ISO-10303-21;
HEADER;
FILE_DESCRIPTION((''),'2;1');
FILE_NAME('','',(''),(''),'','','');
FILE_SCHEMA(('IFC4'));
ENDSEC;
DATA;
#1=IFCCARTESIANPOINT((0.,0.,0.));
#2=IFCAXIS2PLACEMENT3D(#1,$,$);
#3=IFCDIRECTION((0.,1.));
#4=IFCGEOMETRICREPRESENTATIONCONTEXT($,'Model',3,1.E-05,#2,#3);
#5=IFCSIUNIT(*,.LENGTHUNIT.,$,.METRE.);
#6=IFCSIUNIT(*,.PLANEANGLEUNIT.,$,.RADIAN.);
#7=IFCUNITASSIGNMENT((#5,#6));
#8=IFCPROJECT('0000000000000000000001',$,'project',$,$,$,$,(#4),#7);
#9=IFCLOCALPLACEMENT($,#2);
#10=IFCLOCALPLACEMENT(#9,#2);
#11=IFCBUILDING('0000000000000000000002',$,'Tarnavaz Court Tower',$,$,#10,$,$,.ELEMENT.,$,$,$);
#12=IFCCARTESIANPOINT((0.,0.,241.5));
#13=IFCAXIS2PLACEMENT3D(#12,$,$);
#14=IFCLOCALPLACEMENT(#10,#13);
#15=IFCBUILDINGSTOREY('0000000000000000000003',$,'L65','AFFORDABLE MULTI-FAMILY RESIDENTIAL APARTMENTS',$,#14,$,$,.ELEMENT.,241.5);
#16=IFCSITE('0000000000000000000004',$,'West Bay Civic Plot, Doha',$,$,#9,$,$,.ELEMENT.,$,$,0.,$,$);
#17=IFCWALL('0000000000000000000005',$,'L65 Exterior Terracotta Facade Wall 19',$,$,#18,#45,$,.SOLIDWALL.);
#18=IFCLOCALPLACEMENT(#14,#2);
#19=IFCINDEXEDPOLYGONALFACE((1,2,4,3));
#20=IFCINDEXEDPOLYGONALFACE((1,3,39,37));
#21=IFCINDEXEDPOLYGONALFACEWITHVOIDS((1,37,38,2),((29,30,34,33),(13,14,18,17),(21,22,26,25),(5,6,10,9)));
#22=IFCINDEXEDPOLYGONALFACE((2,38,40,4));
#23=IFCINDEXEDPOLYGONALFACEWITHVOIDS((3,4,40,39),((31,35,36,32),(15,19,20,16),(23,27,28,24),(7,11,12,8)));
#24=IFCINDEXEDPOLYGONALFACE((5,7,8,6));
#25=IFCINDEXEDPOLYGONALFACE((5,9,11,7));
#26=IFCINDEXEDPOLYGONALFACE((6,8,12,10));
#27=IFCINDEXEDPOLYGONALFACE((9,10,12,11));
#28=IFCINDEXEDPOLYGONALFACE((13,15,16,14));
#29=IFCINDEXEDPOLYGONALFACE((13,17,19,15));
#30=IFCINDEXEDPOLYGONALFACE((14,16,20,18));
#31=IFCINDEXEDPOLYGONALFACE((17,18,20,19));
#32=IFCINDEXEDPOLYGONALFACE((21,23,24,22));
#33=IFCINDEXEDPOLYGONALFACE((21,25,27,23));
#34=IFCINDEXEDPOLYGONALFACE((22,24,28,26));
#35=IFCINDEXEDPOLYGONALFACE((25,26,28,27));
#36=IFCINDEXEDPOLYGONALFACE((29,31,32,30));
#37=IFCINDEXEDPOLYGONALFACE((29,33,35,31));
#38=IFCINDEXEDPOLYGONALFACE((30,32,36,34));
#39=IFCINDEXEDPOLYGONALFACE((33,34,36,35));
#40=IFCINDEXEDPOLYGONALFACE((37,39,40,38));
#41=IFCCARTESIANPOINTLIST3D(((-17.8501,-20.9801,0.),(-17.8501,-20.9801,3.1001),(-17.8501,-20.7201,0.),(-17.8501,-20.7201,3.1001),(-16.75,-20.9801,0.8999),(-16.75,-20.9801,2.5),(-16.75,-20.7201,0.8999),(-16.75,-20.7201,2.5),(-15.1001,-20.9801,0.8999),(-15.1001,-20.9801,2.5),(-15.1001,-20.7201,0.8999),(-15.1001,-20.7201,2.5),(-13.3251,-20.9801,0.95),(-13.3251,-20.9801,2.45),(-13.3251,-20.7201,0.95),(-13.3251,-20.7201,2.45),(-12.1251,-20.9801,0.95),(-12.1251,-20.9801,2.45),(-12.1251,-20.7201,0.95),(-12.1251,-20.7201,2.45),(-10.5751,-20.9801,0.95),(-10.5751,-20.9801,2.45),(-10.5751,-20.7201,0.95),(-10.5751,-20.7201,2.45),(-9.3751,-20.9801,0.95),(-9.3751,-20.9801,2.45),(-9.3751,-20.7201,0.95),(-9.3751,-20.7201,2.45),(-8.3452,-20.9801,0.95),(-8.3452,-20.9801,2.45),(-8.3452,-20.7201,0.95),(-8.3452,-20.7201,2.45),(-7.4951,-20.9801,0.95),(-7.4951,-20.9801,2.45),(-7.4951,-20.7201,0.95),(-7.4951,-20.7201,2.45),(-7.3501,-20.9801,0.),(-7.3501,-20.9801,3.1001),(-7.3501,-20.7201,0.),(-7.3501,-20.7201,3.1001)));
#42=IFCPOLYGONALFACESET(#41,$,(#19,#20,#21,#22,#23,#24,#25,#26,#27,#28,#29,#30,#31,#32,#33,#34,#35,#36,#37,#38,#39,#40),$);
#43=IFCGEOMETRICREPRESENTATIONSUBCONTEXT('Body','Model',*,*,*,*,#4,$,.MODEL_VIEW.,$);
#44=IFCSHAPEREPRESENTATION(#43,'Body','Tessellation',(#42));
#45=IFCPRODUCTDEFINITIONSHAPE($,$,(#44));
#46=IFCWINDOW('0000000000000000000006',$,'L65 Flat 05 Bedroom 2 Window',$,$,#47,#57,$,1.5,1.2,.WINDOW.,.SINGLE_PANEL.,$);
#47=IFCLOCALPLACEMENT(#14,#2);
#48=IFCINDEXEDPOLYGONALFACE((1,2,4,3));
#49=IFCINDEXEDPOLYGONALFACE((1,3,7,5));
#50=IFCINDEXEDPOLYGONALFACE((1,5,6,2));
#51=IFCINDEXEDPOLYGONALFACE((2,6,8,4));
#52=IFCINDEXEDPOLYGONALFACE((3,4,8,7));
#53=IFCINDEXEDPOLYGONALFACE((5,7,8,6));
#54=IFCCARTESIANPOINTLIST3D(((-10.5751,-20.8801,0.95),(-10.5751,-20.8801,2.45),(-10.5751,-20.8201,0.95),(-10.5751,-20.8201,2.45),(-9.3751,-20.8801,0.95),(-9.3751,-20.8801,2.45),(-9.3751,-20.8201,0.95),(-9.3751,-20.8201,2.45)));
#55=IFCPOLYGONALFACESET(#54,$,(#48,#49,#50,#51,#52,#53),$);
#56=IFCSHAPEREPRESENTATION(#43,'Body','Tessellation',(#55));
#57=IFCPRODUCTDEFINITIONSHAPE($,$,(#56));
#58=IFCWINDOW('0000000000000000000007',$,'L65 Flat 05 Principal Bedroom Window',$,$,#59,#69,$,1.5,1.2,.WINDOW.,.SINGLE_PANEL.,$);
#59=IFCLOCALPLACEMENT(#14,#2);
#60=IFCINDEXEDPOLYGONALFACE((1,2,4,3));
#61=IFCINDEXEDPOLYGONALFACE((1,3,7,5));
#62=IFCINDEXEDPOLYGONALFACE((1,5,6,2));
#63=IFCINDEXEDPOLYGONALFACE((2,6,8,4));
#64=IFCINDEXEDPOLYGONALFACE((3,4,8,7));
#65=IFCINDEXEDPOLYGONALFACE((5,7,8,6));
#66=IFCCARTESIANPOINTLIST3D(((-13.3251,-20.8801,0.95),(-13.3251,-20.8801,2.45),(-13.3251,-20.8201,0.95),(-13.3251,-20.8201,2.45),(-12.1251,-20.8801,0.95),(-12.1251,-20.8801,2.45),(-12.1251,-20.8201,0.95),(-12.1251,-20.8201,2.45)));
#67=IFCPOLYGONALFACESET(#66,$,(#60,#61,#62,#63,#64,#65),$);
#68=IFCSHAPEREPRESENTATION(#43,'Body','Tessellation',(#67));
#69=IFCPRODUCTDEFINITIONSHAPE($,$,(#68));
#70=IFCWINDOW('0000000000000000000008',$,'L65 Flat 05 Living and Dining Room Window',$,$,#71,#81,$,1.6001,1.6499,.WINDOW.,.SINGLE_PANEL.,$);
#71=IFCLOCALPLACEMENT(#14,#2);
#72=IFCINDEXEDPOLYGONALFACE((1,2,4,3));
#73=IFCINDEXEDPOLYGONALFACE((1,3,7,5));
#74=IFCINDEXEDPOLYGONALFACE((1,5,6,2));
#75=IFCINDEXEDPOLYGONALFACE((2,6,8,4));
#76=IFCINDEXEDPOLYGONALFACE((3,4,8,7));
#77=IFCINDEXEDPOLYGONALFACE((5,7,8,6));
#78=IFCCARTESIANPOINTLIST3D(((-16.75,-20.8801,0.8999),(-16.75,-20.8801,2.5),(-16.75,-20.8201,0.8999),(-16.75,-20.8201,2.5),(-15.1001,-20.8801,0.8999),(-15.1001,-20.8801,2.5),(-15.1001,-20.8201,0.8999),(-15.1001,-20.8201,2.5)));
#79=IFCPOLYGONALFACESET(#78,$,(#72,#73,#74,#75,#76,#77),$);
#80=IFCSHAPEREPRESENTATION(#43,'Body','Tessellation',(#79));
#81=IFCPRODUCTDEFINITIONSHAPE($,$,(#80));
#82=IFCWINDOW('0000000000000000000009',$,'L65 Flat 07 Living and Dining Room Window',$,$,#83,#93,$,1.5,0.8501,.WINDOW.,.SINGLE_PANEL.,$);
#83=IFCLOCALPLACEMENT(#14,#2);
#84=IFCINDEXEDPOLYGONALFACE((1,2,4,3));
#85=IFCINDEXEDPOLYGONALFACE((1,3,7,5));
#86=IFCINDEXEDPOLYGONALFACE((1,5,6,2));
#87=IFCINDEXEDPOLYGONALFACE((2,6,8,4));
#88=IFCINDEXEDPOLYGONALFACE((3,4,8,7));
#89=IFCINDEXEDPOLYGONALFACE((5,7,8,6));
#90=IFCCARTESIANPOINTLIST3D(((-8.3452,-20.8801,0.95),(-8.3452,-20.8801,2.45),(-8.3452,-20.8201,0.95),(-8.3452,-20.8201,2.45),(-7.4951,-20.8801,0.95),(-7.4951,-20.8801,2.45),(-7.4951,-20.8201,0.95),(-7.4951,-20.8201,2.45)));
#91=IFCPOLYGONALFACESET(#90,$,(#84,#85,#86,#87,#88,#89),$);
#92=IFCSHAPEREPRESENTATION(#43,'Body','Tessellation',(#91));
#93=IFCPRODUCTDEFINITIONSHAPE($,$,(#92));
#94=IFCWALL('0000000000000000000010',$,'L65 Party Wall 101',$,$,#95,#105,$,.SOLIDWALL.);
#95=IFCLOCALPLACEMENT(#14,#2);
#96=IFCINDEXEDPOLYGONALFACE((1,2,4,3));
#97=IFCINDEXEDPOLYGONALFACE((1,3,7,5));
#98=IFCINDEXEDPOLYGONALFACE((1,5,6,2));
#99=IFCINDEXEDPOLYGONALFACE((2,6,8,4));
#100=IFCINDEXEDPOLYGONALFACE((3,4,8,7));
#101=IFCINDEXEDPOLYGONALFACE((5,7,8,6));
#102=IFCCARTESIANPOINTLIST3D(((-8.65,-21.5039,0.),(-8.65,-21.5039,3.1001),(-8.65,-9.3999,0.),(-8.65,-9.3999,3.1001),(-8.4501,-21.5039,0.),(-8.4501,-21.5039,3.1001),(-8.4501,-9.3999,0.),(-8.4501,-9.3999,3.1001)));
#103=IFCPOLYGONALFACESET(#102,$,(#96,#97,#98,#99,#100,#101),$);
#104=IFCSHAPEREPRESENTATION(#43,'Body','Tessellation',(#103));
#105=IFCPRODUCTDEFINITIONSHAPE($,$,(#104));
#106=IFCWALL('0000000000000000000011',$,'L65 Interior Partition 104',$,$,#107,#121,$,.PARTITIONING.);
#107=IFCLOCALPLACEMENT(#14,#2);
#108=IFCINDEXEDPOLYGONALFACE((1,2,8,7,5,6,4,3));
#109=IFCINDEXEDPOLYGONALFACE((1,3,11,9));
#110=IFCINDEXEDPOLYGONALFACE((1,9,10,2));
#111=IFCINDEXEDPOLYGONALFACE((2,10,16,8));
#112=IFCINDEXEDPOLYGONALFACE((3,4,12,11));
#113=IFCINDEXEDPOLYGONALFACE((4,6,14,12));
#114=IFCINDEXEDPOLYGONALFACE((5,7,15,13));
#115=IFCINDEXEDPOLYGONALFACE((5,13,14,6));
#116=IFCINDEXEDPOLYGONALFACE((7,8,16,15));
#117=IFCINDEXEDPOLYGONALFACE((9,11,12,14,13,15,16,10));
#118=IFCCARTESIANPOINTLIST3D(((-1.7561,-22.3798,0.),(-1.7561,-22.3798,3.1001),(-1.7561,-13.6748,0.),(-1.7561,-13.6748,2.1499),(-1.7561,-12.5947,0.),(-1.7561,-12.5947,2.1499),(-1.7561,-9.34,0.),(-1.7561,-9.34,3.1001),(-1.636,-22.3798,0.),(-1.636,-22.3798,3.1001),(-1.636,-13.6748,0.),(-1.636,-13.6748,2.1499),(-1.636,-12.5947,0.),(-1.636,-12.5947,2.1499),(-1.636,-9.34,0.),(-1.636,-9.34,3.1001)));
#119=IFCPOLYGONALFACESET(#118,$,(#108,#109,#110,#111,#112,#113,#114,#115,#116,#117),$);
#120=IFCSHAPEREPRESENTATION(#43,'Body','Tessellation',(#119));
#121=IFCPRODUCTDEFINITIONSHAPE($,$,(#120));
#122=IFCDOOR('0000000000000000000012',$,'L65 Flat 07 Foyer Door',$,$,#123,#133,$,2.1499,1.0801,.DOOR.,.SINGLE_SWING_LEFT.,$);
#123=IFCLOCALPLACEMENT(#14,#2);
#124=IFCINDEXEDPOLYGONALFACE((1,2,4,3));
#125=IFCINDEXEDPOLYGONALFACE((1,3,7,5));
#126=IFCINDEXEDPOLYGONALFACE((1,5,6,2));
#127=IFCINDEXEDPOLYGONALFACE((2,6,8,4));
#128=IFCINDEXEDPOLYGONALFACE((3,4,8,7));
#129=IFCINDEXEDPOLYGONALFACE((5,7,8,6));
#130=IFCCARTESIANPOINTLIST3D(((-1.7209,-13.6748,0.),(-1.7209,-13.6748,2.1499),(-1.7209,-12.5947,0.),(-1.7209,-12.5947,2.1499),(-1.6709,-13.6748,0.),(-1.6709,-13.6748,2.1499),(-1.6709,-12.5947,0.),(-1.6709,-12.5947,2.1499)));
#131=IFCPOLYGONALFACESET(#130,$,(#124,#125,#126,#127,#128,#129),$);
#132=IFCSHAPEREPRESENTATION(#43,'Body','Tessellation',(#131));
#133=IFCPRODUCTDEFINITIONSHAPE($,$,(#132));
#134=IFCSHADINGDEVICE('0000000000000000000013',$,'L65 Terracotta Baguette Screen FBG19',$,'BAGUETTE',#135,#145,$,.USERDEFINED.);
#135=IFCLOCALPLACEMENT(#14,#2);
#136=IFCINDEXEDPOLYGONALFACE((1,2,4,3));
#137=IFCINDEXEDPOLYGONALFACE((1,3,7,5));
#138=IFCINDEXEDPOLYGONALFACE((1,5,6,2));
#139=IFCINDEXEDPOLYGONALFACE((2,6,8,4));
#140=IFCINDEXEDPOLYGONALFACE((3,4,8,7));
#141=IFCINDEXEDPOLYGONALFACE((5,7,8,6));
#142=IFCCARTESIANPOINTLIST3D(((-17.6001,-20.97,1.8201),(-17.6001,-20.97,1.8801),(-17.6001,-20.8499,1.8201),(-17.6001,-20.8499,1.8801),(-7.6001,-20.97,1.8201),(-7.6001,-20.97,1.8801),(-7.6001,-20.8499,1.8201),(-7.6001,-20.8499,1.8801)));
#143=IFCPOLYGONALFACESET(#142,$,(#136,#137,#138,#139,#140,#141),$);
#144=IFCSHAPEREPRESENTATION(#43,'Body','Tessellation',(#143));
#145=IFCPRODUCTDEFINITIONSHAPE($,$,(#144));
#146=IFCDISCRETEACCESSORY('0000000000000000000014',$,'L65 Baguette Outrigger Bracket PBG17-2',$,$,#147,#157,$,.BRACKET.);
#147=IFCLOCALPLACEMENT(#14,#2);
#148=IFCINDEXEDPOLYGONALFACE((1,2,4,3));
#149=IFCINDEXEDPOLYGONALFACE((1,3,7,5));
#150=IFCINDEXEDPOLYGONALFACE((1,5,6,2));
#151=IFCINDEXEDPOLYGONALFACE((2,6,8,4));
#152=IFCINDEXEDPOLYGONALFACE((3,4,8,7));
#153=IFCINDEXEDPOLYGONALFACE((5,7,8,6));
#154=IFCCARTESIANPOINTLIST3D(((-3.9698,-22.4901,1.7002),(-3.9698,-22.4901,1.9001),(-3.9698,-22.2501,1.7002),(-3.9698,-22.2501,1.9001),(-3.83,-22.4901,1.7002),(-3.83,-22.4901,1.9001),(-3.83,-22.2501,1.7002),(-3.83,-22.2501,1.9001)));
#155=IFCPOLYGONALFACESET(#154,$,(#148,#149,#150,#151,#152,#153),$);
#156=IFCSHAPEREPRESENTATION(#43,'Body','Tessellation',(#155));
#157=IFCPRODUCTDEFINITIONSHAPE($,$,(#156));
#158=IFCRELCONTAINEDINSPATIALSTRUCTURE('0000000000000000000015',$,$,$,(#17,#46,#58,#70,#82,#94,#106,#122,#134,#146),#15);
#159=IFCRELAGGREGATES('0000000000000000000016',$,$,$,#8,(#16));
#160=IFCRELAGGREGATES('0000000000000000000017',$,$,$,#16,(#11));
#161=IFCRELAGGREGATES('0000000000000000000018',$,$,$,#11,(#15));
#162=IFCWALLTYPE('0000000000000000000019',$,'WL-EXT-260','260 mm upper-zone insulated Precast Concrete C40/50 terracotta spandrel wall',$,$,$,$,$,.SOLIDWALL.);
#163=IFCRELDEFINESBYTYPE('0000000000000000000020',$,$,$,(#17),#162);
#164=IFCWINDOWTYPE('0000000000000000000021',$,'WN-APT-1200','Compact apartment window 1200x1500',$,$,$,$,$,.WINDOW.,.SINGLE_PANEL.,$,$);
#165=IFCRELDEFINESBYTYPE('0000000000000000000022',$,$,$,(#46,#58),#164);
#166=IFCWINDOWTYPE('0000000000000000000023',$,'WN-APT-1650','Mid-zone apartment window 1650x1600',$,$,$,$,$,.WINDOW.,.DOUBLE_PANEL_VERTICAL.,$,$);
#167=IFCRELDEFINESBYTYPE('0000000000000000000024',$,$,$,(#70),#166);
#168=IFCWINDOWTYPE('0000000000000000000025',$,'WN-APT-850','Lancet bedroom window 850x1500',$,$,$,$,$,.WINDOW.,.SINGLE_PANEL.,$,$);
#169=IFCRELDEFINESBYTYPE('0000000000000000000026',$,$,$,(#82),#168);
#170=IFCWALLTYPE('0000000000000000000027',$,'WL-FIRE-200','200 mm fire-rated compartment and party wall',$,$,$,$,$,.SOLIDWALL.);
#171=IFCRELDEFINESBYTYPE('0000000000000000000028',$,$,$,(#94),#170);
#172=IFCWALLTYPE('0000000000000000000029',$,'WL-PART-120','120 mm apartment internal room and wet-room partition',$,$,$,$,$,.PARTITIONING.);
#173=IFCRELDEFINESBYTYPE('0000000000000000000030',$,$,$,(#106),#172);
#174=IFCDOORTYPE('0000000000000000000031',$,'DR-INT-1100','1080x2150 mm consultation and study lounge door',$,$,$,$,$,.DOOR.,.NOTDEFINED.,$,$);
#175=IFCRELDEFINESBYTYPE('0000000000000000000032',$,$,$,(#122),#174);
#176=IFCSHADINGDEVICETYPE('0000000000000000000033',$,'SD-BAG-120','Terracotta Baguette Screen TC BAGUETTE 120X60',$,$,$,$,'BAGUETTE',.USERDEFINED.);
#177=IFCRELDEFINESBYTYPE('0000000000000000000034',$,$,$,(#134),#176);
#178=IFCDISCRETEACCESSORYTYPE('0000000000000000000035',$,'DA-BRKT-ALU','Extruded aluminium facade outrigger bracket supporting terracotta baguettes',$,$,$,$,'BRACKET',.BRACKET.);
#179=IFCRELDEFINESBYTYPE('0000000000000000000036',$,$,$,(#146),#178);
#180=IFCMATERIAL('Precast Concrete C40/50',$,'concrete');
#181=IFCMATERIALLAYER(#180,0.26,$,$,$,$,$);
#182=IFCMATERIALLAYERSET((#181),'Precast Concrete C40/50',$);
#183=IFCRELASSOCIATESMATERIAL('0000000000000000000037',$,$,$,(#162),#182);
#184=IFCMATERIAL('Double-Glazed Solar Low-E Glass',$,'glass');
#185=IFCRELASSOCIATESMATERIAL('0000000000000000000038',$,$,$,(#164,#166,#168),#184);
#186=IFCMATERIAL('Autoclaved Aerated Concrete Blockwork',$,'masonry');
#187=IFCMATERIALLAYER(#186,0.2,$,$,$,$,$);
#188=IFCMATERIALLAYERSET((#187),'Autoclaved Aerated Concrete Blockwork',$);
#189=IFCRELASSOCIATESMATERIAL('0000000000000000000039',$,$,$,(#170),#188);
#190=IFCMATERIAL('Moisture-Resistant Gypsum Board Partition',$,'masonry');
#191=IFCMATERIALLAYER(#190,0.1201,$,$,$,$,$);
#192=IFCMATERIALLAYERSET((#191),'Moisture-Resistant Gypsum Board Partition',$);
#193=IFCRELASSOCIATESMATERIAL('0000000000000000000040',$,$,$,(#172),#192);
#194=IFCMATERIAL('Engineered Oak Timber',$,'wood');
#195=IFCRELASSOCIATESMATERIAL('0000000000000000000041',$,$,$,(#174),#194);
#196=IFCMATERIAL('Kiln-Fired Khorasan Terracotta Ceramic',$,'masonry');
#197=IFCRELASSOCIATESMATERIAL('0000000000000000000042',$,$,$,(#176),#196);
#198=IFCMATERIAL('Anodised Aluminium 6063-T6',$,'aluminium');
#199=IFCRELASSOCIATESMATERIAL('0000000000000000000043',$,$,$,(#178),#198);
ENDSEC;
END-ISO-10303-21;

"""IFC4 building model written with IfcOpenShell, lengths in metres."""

from ifc_helpers import new_model, si_unit, direction, frame, frame_2d, origin, origin_2d, place, context, subcontext, project, spatial, rectangle, extrude, material, layer, layer_set, material_profile, profile_set, type_object, element, fill, save


model = new_model("IFC4")

# Units and contexts
model_context = context("Model", 3, precision=1e-05, world=origin(), true_north=direction((0.0, 1.0)))
body_context = subcontext(model_context, "Body", "Model", "MODEL_VIEW")
ifc_project = project(units=[si_unit("LENGTHUNIT", "METRE"), si_unit("PLANEANGLEUNIT", "RADIAN")], contexts=[model_context])

# Site, building, storey
site_placement = place(None, origin())
site = spatial("IfcSite", under=ifc_project, at=site_placement, Name="West Bay Civic Plot, Doha", CompositionType="ELEMENT", RefElevation=0.0)
building_placement = place(site_placement, origin())
building = spatial("IfcBuilding", under=site, at=building_placement, Name="Tarnavaz Court Tower", CompositionType="ELEMENT")
storey_placement = place(building_placement, frame((0.0, 0.0, 241.5)))
storey = spatial("IfcBuildingStorey", under=building, at=storey_placement, Name="L65", Description="AFFORDABLE MULTI-FAMILY RESIDENTIAL APARTMENTS", CompositionType="ELEMENT", Elevation=241.5)

# Shared definitions
ifc_material_1 = material(Name="Anodised Aluminium 6063-T6", Category="aluminium")
ifc_material_2 = material(Name="Double-Glazed Solar Low-E Glass", Category="glass")

# Shared definitions
ifc_material_3 = material(Name="Precast Concrete C40/50", Category="concrete")
ifc_layer_1 = layer(ifc_material_3, 0.26)
ifc_layer_set_1 = layer_set([ifc_layer_1], Name="Precast Concrete C40/50")
wall_type_1 = type_object("IfcWallType", Name="WL-EXT-260", Description="260 mm upper-zone insulated Precast Concrete C40/50 terracotta spandrel wall", PredefinedType="SOLIDWALL", material=ifc_layer_set_1)
window_type_1 = type_object("IfcWindowType", Name="WN-APT-1200", Description="Compact apartment window 1200x1500", PartitioningType="SINGLE_PANEL", PredefinedType="WINDOW", material=ifc_material_2)

# Wall, openings, windows
wall_1_placement = place(storey_placement, frame((-7.3501, -20.8501, 0.0), z_axis=(0.0, 0.0, 1.0), x_axis=(-1.0, 0.0, 0.0)))
wall_1 = element("IfcWall", 1, at=wall_1_placement, inside=storey, type_object=wall_type_1, Name="L65 Exterior Terracotta Facade Wall 19", PredefinedType="SOLIDWALL", context=body_context, shape_type="SweptSolid", body=[
    extrude(rectangle(XDim=10.5, YDim=0.26, at=frame_2d((5.25, 0.0))), origin(), (0.0, 0.0, 1.0), 3.1001),
])
opening_1_placement = place(wall_1_placement, frame((0.145, 0.0, 0.95)))
opening_1 = element("IfcOpeningElement", 2, at=opening_1_placement, cuts=wall_1, PredefinedType="OPENING", context=body_context, shape_type="SweptSolid", body=[
    extrude(rectangle(XDim=0.8501, YDim=1.5, at=frame_2d((0.425, 0.75))), frame((0.0, 0.1399, 0.0), z_axis=(0.0, -1.0, 0.0), x_axis=(1.0, 0.0, 0.0)), (0.0, 0.0, 1.0), 0.28),
])
opening_2_placement = place(wall_1_placement, frame((2.0249, 0.0, 0.95)))
opening_2 = element("IfcOpeningElement", 3, at=opening_2_placement, cuts=wall_1, PredefinedType="OPENING", context=body_context, shape_type="SweptSolid", body=[
    extrude(rectangle(XDim=1.2, YDim=1.5, at=frame_2d((0.6001, 0.75))), frame((0.0, 0.1399, 0.0), z_axis=(0.0, -1.0, 0.0), x_axis=(1.0, 0.0, 0.0)), (0.0, 0.0, 1.0), 0.28),
])
opening_3_placement = place(wall_1_placement, frame((4.7749, 0.0, 0.95)))
opening_3 = element("IfcOpeningElement", 4, at=opening_3_placement, cuts=wall_1, PredefinedType="OPENING", context=body_context, shape_type="SweptSolid", body=[
    extrude(rectangle(XDim=1.2, YDim=1.5, at=frame_2d((0.6001, 0.75))), frame((0.0, 0.1399, 0.0), z_axis=(0.0, -1.0, 0.0), x_axis=(1.0, 0.0, 0.0)), (0.0, 0.0, 1.0), 0.28),
])
opening_4_placement = place(wall_1_placement, frame((7.75, 0.0, 0.8999)))
opening_4 = element("IfcOpeningElement", 5, at=opening_4_placement, cuts=wall_1, PredefinedType="OPENING", context=body_context, shape_type="SweptSolid", body=[
    extrude(rectangle(XDim=1.6499, YDim=1.6001, at=frame_2d((0.825, 0.8))), frame((0.0, 0.1399, 0.0), z_axis=(0.0, -1.0, 0.0), x_axis=(1.0, 0.0, 0.0)), (0.0, 0.0, 1.0), 0.28),
])
window_1_placement = place(opening_2_placement, origin())
window_1 = element("IfcWindow", 6, at=window_1_placement, inside=storey, type_object=window_type_1, Name="L65 Flat 05 Bedroom 2 Window", OverallHeight=1.5, OverallWidth=1.2, PartitioningType="SINGLE_PANEL", PredefinedType="WINDOW", context=body_context, shape_type="SweptSolid", body=[
    extrude(rectangle(XDim=1.2, YDim=1.5, at=frame_2d((0.6001, 0.75))), frame((0.0, 0.03, 0.0), z_axis=(0.0, -1.0, 0.0), x_axis=(1.0, 0.0, 0.0)), (0.0, 0.0, 1.0), 0.0601),
])
fill(opening_2, window_1)
window_2_placement = place(opening_3_placement, origin())
window_2 = element("IfcWindow", 7, at=window_2_placement, inside=storey, type_object=window_type_1, Name="L65 Flat 05 Principal Bedroom Window", OverallHeight=1.5, OverallWidth=1.2, PartitioningType="SINGLE_PANEL", PredefinedType="WINDOW", context=body_context, shape_type="SweptSolid", body=[
    extrude(rectangle(XDim=1.2, YDim=1.5, at=frame_2d((0.6001, 0.75))), frame((0.0, 0.03, 0.0), z_axis=(0.0, -1.0, 0.0), x_axis=(1.0, 0.0, 0.0)), (0.0, 0.0, 1.0), 0.0601),
])
fill(opening_3, window_2)
window_type_2 = type_object("IfcWindowType", Name="WN-APT-1650", Description="Mid-zone apartment window 1650x1600", PartitioningType="DOUBLE_PANEL_VERTICAL", PredefinedType="WINDOW", material=ifc_material_2)
window_3_placement = place(opening_4_placement, origin())
window_3 = element("IfcWindow", 8, at=window_3_placement, inside=storey, type_object=window_type_2, Name="L65 Flat 05 Living and Dining Room Window", OverallHeight=1.6001, OverallWidth=1.6499, PartitioningType="SINGLE_PANEL", PredefinedType="WINDOW", context=body_context, shape_type="SweptSolid", body=[
    extrude(rectangle(XDim=1.6499, YDim=1.6001, at=frame_2d((0.825, 0.8))), frame((0.0, 0.03, 0.0), z_axis=(0.0, -1.0, 0.0), x_axis=(1.0, 0.0, 0.0)), (0.0, 0.0, 1.0), 0.0601),
])
fill(opening_4, window_3)
window_type_3 = type_object("IfcWindowType", Name="WN-APT-850", Description="Lancet bedroom window 850x1500", PartitioningType="SINGLE_PANEL", PredefinedType="WINDOW", material=ifc_material_2)
window_4_placement = place(opening_1_placement, origin())
window_4 = element("IfcWindow", 9, at=window_4_placement, inside=storey, type_object=window_type_3, Name="L65 Flat 07 Living and Dining Room Window", OverallHeight=1.5, OverallWidth=0.8501, PartitioningType="SINGLE_PANEL", PredefinedType="WINDOW", context=body_context, shape_type="SweptSolid", body=[
    extrude(rectangle(XDim=0.8501, YDim=1.5, at=frame_2d((0.425, 0.75))), frame((0.0, 0.03, 0.0), z_axis=(0.0, -1.0, 0.0), x_axis=(1.0, 0.0, 0.0)), (0.0, 0.0, 1.0), 0.0601),
])
fill(opening_1, window_4)

# Wall
ifc_material_4 = material(Name="Autoclaved Aerated Concrete Blockwork", Category="masonry")
ifc_layer_2 = layer(ifc_material_4, 0.2)
ifc_layer_set_2 = layer_set([ifc_layer_2], Name="Autoclaved Aerated Concrete Blockwork")
wall_type_2 = type_object("IfcWallType", Name="WL-FIRE-200", Description="200 mm fire-rated compartment and party wall", PredefinedType="SOLIDWALL", material=ifc_layer_set_2)
wall_2_placement = place(storey_placement, frame((-8.55, -21.5039, 0.0), z_axis=(0.0, 0.0, 1.0), x_axis=(0.0, 1.0, 0.0)))
element("IfcWall", 10, at=wall_2_placement, inside=storey, type_object=wall_type_2, Name="L65 Party Wall 101", PredefinedType="SOLIDWALL", context=body_context, shape_type="SweptSolid", body=[
    extrude(rectangle(XDim=12.104, YDim=0.2, at=frame_2d((6.052, 0.0))), origin(), (0.0, 0.0, 1.0), 3.1001),
])

# Wall, opening, door
ifc_material_5 = material(Name="Moisture-Resistant Gypsum Board Partition", Category="masonry")
ifc_layer_3 = layer(ifc_material_5, 0.1201)
ifc_layer_set_3 = layer_set([ifc_layer_3], Name="Moisture-Resistant Gypsum Board Partition")
wall_type_3 = type_object("IfcWallType", Name="WL-PART-120", Description="120 mm apartment internal room and wet-room partition", PredefinedType="PARTITIONING", material=ifc_layer_set_3)
wall_3_placement = place(storey_placement, frame((-1.696, -22.3799, 0.0), z_axis=(0.0, 0.0, 1.0), x_axis=(0.0, 1.0, 0.0)))
wall_3 = element("IfcWall", 11, at=wall_3_placement, inside=storey, type_object=wall_type_3, Name="L65 Interior Partition 104", PredefinedType="PARTITIONING", context=body_context, shape_type="SweptSolid", body=[
    extrude(rectangle(XDim=13.0398, YDim=0.1201, at=frame_2d((6.52, 0.0))), origin(), (0.0, 0.0, 1.0), 3.1001),
])
opening_5_placement = place(wall_3_placement, frame((8.7051, 0.0, 0.0)))
opening_5 = element("IfcOpeningElement", 12, at=opening_5_placement, cuts=wall_3, PredefinedType="OPENING", context=body_context, shape_type="SweptSolid", body=[
    extrude(rectangle(XDim=1.0801, YDim=2.1499, at=frame_2d((0.54, 1.075))), frame((0.0, 0.0701, 0.0), z_axis=(0.0, -1.0, 0.0), x_axis=(1.0, 0.0, 0.0)), (0.0, 0.0, 1.0), 0.1401),
])
ifc_material_6 = material(Name="Engineered Oak Timber", Category="wood")
door_type = type_object("IfcDoorType", Name="DR-INT-1100", Description="1080x2150 mm consultation and study lounge door", OperationType="NOTDEFINED", PredefinedType="DOOR", material=ifc_material_6)
door_placement = place(opening_5_placement, origin())
door = element("IfcDoor", 13, at=door_placement, inside=storey, type_object=door_type, Name="L65 Flat 07 Foyer Door", OperationType="SINGLE_SWING_LEFT", OverallHeight=2.1499, OverallWidth=1.0801, PredefinedType="DOOR", context=body_context, shape_type="SweptSolid", body=[
    extrude(rectangle(XDim=1.0801, YDim=2.1499, at=frame_2d((0.54, 1.075))), frame((0.0, 0.0249, 0.0), z_axis=(0.0, -1.0, 0.0), x_axis=(1.0, 0.0, 0.0)), (0.0, 0.0, 1.0), 0.05),
])
fill(opening_5, door)

# Shading device
ifc_material_7 = material(Name="Kiln-Fired Khorasan Terracotta Ceramic", Category="masonry")
ifc_material_profile_1 = material_profile(ifc_material_7, rectangle(XDim=0.1201, YDim=0.0601, at=origin_2d()), Name="TC BAGUETTE 120X60")
ifc_profile_set_1 = profile_set([ifc_material_profile_1], Name="Kiln-Fired Khorasan Terracotta Ceramic")
shading_device_type = type_object("IfcShadingDeviceType", Name="SD-BAG-120", Description="Terracotta Baguette Screen TC BAGUETTE 120X60", ElementType="BAGUETTE", PredefinedType="USERDEFINED", material=ifc_profile_set_1)
shading_device_placement = place(storey_placement, frame((-7.6001, -20.9099, 1.8501), z_axis=(-1.0, 0.0, 0.0), x_axis=(0.0, -1.0, 0.0)))
element("IfcShadingDevice", 14, at=shading_device_placement, inside=storey, type_object=shading_device_type, Name="L65 Terracotta Baguette Screen FBG19", ObjectType="BAGUETTE", PredefinedType="USERDEFINED", context=body_context, shape_type="SweptSolid", body=[
    extrude(rectangle(XDim=0.1201, YDim=0.0601, at=origin_2d()), origin(), (0.0, 0.0, 1.0), 10.0),
])

# Discrete accessory
discrete_accessory_type = type_object("IfcDiscreteAccessoryType", Name="DA-BRKT-ALU", Description="Extruded aluminium facade outrigger bracket supporting terracotta baguettes", ElementType="BRACKET", PredefinedType="BRACKET", material=ifc_material_1)
for number, where, z_axis, x_axis, name in (
    (15, (-3.8999, -22.3701, 1.7002), (0.0, 0.0, 1.0), (-1.0, 0.0, 0.0), "L65 Baguette Outrigger Bracket PBG17-2"),
):
    element("IfcDiscreteAccessory", number, at=place(storey_placement, frame(where, z_axis=z_axis, x_axis=x_axis)), inside=storey, type_object=discrete_accessory_type, Name=name, PredefinedType="BRACKET", context=body_context, shape_type="SweptSolid", body=[
        extrude(rectangle(XDim=0.1399, YDim=0.24, at=origin_2d()), origin(), (0.0, 0.0, 1.0), 0.2),
    ])

save(model, "model.ifc")
